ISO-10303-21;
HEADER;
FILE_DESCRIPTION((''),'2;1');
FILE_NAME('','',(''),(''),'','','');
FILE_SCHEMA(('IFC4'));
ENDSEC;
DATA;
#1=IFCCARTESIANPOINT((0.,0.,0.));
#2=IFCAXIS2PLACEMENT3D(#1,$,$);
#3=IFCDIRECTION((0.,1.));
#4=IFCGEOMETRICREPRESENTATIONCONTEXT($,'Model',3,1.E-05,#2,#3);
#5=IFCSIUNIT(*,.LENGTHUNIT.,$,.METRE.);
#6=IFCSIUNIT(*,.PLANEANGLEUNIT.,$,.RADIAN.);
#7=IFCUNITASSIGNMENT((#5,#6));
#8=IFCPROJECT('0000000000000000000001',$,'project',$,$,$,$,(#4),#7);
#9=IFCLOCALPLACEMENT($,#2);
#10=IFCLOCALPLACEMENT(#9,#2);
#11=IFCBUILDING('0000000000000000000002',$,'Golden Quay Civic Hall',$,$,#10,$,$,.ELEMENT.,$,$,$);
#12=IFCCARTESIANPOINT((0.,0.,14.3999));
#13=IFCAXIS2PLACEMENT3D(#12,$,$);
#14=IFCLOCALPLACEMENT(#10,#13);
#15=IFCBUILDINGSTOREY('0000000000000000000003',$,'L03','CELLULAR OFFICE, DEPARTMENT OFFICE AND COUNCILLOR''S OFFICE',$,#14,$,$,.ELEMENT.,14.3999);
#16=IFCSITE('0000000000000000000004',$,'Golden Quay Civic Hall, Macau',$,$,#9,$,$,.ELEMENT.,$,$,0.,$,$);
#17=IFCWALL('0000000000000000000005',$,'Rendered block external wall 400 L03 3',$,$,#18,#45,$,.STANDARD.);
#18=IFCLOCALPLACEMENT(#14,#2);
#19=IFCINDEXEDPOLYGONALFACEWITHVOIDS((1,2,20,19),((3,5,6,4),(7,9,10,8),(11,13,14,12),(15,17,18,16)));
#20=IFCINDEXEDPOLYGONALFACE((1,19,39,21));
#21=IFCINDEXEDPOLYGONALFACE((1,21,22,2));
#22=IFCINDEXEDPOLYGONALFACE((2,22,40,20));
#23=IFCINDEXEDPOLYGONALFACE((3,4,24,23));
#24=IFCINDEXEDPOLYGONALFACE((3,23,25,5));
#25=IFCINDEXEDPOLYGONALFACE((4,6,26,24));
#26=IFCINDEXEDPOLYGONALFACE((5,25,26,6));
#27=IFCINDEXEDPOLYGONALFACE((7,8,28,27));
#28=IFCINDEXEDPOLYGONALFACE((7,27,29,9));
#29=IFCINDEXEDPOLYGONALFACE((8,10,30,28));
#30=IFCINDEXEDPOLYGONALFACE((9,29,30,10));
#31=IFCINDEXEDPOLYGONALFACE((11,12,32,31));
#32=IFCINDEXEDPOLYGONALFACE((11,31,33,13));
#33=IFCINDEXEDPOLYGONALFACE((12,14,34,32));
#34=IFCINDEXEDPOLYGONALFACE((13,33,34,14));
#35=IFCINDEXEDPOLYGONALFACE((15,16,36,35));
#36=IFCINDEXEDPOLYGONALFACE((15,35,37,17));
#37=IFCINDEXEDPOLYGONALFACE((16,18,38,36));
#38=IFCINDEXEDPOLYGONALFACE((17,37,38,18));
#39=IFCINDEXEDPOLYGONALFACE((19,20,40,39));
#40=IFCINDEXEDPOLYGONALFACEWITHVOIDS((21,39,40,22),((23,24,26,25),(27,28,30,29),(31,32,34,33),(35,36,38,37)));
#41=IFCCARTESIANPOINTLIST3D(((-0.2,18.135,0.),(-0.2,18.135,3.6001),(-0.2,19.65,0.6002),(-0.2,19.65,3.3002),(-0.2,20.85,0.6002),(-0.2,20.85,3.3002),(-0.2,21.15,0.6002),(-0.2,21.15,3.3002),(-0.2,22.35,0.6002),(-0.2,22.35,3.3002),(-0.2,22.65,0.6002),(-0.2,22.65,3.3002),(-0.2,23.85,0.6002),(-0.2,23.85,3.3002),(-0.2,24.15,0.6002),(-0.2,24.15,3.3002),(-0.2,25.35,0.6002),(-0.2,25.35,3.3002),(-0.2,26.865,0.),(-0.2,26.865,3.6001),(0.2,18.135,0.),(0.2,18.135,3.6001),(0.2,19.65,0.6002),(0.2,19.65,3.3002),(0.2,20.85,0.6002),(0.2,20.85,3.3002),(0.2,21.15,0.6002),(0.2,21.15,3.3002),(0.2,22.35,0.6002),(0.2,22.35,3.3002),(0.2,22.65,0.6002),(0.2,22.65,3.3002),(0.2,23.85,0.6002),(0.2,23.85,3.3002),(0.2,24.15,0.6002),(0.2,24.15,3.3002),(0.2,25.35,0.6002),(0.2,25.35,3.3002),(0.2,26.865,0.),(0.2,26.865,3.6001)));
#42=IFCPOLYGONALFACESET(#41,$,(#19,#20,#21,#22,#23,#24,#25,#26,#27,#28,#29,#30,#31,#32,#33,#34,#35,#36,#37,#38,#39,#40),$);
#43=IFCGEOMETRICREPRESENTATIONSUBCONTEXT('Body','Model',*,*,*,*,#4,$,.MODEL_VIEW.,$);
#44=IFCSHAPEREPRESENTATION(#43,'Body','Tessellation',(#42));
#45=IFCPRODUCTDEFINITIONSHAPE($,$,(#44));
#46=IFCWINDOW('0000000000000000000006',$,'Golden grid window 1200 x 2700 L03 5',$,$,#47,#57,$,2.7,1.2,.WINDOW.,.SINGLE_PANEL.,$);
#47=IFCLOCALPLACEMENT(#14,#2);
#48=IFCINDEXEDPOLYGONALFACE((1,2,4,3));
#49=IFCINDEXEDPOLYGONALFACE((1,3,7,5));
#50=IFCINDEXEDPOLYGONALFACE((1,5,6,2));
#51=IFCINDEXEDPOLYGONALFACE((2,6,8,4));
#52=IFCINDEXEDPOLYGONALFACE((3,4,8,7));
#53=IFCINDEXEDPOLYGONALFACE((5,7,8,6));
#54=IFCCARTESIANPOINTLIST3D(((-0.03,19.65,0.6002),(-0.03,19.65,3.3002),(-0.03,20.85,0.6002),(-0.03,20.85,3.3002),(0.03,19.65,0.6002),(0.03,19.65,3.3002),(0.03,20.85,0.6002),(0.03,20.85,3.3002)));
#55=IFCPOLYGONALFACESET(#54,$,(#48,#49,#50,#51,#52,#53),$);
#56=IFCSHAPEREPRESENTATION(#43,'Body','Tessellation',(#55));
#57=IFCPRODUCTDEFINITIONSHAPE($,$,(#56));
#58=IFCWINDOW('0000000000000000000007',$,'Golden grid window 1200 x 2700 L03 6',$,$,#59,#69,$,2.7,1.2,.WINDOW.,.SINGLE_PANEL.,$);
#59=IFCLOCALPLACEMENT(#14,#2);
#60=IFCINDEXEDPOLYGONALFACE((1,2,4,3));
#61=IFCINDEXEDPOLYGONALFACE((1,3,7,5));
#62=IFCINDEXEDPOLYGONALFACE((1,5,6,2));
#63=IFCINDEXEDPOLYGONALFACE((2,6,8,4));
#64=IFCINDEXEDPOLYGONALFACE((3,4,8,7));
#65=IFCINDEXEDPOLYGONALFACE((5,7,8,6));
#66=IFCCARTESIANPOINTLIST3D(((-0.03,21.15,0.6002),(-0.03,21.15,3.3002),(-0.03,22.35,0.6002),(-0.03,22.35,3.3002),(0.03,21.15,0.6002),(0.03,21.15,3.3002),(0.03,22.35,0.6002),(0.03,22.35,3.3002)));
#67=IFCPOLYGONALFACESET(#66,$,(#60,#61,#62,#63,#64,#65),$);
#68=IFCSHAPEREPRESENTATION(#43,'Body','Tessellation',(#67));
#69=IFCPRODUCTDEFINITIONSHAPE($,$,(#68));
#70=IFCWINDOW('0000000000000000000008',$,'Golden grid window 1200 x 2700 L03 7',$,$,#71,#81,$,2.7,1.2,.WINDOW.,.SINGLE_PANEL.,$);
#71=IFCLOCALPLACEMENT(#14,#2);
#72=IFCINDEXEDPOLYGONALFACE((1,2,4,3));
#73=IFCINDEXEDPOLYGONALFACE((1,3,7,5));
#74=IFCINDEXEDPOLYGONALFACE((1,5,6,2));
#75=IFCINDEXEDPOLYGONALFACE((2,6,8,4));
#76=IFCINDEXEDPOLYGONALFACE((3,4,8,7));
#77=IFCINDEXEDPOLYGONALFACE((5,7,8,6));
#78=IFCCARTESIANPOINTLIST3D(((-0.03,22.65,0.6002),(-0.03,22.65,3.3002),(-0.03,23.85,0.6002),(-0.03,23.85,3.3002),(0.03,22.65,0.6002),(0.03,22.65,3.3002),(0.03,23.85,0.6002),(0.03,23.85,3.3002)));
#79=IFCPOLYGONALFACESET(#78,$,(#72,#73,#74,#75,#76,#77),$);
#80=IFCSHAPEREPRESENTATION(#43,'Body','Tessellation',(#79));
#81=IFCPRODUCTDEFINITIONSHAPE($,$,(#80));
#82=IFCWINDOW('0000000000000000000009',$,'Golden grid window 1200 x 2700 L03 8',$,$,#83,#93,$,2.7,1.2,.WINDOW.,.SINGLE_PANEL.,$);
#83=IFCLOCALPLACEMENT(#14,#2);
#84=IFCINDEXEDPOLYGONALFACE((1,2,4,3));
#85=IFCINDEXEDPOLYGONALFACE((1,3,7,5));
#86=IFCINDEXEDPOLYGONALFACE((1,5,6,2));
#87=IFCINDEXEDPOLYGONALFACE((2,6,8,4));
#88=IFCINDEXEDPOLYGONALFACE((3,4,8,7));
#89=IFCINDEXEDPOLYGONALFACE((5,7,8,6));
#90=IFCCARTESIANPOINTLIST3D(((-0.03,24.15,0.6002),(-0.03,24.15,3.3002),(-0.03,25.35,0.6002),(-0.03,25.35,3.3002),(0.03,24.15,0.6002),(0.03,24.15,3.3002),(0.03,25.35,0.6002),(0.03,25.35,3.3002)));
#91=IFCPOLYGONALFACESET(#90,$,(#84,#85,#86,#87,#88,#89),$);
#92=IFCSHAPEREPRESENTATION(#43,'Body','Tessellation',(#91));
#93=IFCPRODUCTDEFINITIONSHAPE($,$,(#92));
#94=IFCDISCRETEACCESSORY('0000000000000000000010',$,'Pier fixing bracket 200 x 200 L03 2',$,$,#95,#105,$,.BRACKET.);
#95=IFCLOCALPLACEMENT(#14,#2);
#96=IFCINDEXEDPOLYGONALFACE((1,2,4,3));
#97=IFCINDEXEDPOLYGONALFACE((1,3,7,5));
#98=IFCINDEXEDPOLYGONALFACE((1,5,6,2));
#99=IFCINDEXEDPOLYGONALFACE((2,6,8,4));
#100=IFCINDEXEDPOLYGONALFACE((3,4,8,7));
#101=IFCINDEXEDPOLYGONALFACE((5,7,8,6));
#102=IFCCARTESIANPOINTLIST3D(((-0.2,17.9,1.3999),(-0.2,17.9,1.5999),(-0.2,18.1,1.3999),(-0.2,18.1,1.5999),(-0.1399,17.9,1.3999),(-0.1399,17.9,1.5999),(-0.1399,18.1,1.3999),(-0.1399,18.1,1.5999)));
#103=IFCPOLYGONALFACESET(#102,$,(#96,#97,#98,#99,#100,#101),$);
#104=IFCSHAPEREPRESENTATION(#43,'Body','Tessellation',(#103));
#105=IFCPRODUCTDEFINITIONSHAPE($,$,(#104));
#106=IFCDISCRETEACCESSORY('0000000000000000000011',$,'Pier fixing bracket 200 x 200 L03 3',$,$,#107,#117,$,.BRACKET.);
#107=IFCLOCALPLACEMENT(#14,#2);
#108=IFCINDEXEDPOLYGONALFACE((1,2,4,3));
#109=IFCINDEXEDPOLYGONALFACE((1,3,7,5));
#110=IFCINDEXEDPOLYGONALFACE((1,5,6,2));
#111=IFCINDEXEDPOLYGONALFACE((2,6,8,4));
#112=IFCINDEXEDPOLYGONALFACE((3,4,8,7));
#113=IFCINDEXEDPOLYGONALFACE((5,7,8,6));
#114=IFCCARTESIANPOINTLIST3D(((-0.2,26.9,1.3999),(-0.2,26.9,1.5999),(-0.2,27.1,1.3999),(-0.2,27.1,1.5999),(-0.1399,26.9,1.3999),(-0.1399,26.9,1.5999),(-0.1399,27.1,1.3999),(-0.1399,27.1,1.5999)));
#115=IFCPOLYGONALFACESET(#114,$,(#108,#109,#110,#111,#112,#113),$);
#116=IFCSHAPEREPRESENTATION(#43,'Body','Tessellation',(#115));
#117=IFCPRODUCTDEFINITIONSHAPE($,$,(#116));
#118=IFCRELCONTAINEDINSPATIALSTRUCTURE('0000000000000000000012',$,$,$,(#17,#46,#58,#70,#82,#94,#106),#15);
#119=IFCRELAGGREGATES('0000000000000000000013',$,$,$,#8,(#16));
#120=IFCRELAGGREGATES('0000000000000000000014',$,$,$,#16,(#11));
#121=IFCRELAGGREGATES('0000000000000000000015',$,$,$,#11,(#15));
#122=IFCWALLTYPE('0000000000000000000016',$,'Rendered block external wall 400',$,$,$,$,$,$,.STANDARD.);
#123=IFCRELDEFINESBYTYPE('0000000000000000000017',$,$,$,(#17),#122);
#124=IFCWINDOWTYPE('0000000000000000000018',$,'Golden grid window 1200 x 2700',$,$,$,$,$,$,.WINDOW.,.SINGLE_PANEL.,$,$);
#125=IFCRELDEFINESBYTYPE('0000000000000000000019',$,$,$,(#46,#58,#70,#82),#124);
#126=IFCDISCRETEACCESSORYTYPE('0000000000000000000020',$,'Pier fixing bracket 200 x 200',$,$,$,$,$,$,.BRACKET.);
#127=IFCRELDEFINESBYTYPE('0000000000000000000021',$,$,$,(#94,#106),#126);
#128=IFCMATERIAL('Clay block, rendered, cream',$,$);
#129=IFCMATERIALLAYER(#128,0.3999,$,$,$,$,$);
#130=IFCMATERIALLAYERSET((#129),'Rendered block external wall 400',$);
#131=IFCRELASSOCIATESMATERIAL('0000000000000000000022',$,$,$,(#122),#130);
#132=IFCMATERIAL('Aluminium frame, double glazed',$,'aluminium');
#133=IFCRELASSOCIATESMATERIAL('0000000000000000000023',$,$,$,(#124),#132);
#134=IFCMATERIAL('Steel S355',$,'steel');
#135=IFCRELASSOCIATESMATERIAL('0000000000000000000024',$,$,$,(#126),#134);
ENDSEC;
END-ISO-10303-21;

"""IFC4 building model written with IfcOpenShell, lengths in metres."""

from ifc_helpers import new_model, si_unit, direction, frame, frame_2d, origin, origin_2d, place, context, subcontext, project, spatial, rectangle, extrude, material, layer, layer_set, type_object, element, fill, save


model = new_model("IFC4")

# Units and contexts
model_context = context("Model", 3, precision=1e-05, world=origin(), true_north=direction((0.0, 1.0)))
body_context = subcontext(model_context, "Body", "Model", "MODEL_VIEW")
ifc_project = project(units=[si_unit("LENGTHUNIT", "METRE"), si_unit("PLANEANGLEUNIT", "RADIAN")], contexts=[model_context])

# Site, building, storey
site_placement = place(None, origin())
site = spatial("IfcSite", under=ifc_project, at=site_placement, Name="Golden Quay Civic Hall, Macau", CompositionType="ELEMENT", RefElevation=0.0)
building_placement = place(site_placement, origin())
building = spatial("IfcBuilding", under=site, at=building_placement, Name="Golden Quay Civic Hall", CompositionType="ELEMENT")
storey_placement = place(building_placement, frame((0.0, 0.0, 14.3999)))
storey = spatial("IfcBuildingStorey", under=building, at=storey_placement, Name="L03", Description="CELLULAR OFFICE, DEPARTMENT OFFICE AND COUNCILLOR'S OFFICE", CompositionType="ELEMENT", Elevation=14.3999)

# Wall, openings, windows
ifc_material_1 = material(Name="Clay block, rendered, cream")
ifc_layer_1 = layer(ifc_material_1, 0.3999)
ifc_layer_set_1 = layer_set([ifc_layer_1], Name="Rendered block external wall 400")
wall_type_1 = type_object("IfcWallType", Name="Rendered block external wall 400", PredefinedType="STANDARD", material=ifc_layer_set_1)
wall_1_placement = place(storey_placement, frame((0.0, 18.135, 0.0), z_axis=(0.0, 0.0, 1.0), x_axis=(0.0, 1.0, 0.0)))
wall_1 = element("IfcWall", 1, at=wall_1_placement, inside=storey, type_object=wall_type_1, Name="Rendered block external wall 400 L03 3", PredefinedType="STANDARD", context=body_context, shape_type="SweptSolid", body=[
    extrude(rectangle(XDim=8.73, YDim=0.3999, at=frame_2d((4.365, 0.0))), origin(), (0.0, 0.0, 1.0), 3.6001),
])
opening_1_placement = place(wall_1_placement, frame((1.5149, 0.0, 0.6001)))
opening_1 = element("IfcOpeningElement", 2, at=opening_1_placement, cuts=wall_1, PredefinedType="OPENING", context=body_context, shape_type="SweptSolid", body=[
    extrude(rectangle(XDim=1.2, YDim=2.7, at=frame_2d((0.6001, 1.3501))), frame((0.0, 0.21, 0.0), z_axis=(0.0, -1.0, 0.0), x_axis=(1.0, 0.0, 0.0)), (0.0, 0.0, 1.0), 0.4199),
])
opening_2_placement = place(wall_1_placement, frame((3.0149, 0.0, 0.6001)))
opening_2 = element("IfcOpeningElement", 3, at=opening_2_placement, cuts=wall_1, PredefinedType="OPENING", context=body_context, shape_type="SweptSolid", body=[
    extrude(rectangle(XDim=1.2, YDim=2.7, at=frame_2d((0.6001, 1.3501))), frame((0.0, 0.21, 0.0), z_axis=(0.0, -1.0, 0.0), x_axis=(1.0, 0.0, 0.0)), (0.0, 0.0, 1.0), 0.4199),
])
opening_3_placement = place(wall_1_placement, frame((4.5149, 0.0, 0.6001)))
opening_3 = element("IfcOpeningElement", 4, at=opening_3_placement, cuts=wall_1, PredefinedType="OPENING", context=body_context, shape_type="SweptSolid", body=[
    extrude(rectangle(XDim=1.2, YDim=2.7, at=frame_2d((0.6001, 1.3501))), frame((0.0, 0.21, 0.0), z_axis=(0.0, -1.0, 0.0), x_axis=(1.0, 0.0, 0.0)), (0.0, 0.0, 1.0), 0.4199),
])
opening_4_placement = place(wall_1_placement, frame((6.0149, 0.0, 0.6001)))
opening_4 = element("IfcOpeningElement", 5, at=opening_4_placement, cuts=wall_1, PredefinedType="OPENING", context=body_context, shape_type="SweptSolid", body=[
    extrude(rectangle(XDim=1.2, YDim=2.7, at=frame_2d((0.6001, 1.3501))), frame((0.0, 0.21, 0.0), z_axis=(0.0, -1.0, 0.0), x_axis=(1.0, 0.0, 0.0)), (0.0, 0.0, 1.0), 0.4199),
])
ifc_material_2 = material(Name="Aluminium frame, double glazed", Category="aluminium")
window_type = type_object("IfcWindowType", Name="Golden grid window 1200 x 2700", PartitioningType="SINGLE_PANEL", PredefinedType="WINDOW", material=ifc_material_2)
window_1_placement = place(opening_1_placement, origin())
window_1 = element("IfcWindow", 6, at=window_1_placement, inside=storey, type_object=window_type, Name="Golden grid window 1200 x 2700 L03 5", OverallHeight=2.7, OverallWidth=1.2, PartitioningType="SINGLE_PANEL", PredefinedType="WINDOW", context=body_context, shape_type="SweptSolid", body=[
    extrude(rectangle(XDim=1.2, YDim=2.7, at=frame_2d((0.6001, 1.3501))), frame((0.0, 0.03, 0.0), z_axis=(0.0, -1.0, 0.0), x_axis=(1.0, 0.0, 0.0)), (0.0, 0.0, 1.0), 0.0601),
])
fill(opening_1, window_1)
window_2_placement = place(opening_2_placement, origin())
window_2 = element("IfcWindow", 7, at=window_2_placement, inside=storey, type_object=window_type, Name="Golden grid window 1200 x 2700 L03 6", OverallHeight=2.7, OverallWidth=1.2, PartitioningType="SINGLE_PANEL", PredefinedType="WINDOW", context=body_context, shape_type="SweptSolid", body=[
    extrude(rectangle(XDim=1.2, YDim=2.7, at=frame_2d((0.6001, 1.3501))), frame((0.0, 0.03, 0.0), z_axis=(0.0, -1.0, 0.0), x_axis=(1.0, 0.0, 0.0)), (0.0, 0.0, 1.0), 0.0601),
])
fill(opening_2, window_2)
window_3_placement = place(opening_3_placement, origin())
window_3 = element("IfcWindow", 8, at=window_3_placement, inside=storey, type_object=window_type, Name="Golden grid window 1200 x 2700 L03 7", OverallHeight=2.7, OverallWidth=1.2, PartitioningType="SINGLE_PANEL", PredefinedType="WINDOW", context=body_context, shape_type="SweptSolid", body=[
    extrude(rectangle(XDim=1.2, YDim=2.7, at=frame_2d((0.6001, 1.3501))), frame((0.0, 0.03, 0.0), z_axis=(0.0, -1.0, 0.0), x_axis=(1.0, 0.0, 0.0)), (0.0, 0.0, 1.0), 0.0601),
])
fill(opening_3, window_3)
window_4_placement = place(opening_4_placement, origin())
window_4 = element("IfcWindow", 9, at=window_4_placement, inside=storey, type_object=window_type, Name="Golden grid window 1200 x 2700 L03 8", OverallHeight=2.7, OverallWidth=1.2, PartitioningType="SINGLE_PANEL", PredefinedType="WINDOW", context=body_context, shape_type="SweptSolid", body=[
    extrude(rectangle(XDim=1.2, YDim=2.7, at=frame_2d((0.6001, 1.3501))), frame((0.0, 0.03, 0.0), z_axis=(0.0, -1.0, 0.0), x_axis=(1.0, 0.0, 0.0)), (0.0, 0.0, 1.0), 0.0601),
])
fill(opening_4, window_4)

# Discrete accessories
ifc_material_3 = material(Name="Steel S355", Category="steel")
discrete_accessory_type = type_object("IfcDiscreteAccessoryType", Name="Pier fixing bracket 200 x 200", PredefinedType="BRACKET", material=ifc_material_3)
for number, where, z_axis, x_axis, name in (
    (10, (-0.1699, 18.0, 1.3999), (0.0, 0.0, 1.0), (0.0, -1.0, 0.0), "Pier fixing bracket 200 x 200 L03 2"),
    (11, (-0.1699, 27.0, 1.3999), (0.0, 0.0, 1.0), (0.0, -1.0, 0.0), "Pier fixing bracket 200 x 200 L03 3"),
):
    element("IfcDiscreteAccessory", number, at=place(storey_placement, frame(where, z_axis=z_axis, x_axis=x_axis)), inside=storey, type_object=discrete_accessory_type, Name=name, PredefinedType="BRACKET", context=body_context, shape_type="SweptSolid", body=[
        extrude(rectangle(XDim=0.2, YDim=0.0601, at=origin_2d()), origin(), (0.0, 0.0, 1.0), 0.2),
    ])

save(model, "model.ifc")
